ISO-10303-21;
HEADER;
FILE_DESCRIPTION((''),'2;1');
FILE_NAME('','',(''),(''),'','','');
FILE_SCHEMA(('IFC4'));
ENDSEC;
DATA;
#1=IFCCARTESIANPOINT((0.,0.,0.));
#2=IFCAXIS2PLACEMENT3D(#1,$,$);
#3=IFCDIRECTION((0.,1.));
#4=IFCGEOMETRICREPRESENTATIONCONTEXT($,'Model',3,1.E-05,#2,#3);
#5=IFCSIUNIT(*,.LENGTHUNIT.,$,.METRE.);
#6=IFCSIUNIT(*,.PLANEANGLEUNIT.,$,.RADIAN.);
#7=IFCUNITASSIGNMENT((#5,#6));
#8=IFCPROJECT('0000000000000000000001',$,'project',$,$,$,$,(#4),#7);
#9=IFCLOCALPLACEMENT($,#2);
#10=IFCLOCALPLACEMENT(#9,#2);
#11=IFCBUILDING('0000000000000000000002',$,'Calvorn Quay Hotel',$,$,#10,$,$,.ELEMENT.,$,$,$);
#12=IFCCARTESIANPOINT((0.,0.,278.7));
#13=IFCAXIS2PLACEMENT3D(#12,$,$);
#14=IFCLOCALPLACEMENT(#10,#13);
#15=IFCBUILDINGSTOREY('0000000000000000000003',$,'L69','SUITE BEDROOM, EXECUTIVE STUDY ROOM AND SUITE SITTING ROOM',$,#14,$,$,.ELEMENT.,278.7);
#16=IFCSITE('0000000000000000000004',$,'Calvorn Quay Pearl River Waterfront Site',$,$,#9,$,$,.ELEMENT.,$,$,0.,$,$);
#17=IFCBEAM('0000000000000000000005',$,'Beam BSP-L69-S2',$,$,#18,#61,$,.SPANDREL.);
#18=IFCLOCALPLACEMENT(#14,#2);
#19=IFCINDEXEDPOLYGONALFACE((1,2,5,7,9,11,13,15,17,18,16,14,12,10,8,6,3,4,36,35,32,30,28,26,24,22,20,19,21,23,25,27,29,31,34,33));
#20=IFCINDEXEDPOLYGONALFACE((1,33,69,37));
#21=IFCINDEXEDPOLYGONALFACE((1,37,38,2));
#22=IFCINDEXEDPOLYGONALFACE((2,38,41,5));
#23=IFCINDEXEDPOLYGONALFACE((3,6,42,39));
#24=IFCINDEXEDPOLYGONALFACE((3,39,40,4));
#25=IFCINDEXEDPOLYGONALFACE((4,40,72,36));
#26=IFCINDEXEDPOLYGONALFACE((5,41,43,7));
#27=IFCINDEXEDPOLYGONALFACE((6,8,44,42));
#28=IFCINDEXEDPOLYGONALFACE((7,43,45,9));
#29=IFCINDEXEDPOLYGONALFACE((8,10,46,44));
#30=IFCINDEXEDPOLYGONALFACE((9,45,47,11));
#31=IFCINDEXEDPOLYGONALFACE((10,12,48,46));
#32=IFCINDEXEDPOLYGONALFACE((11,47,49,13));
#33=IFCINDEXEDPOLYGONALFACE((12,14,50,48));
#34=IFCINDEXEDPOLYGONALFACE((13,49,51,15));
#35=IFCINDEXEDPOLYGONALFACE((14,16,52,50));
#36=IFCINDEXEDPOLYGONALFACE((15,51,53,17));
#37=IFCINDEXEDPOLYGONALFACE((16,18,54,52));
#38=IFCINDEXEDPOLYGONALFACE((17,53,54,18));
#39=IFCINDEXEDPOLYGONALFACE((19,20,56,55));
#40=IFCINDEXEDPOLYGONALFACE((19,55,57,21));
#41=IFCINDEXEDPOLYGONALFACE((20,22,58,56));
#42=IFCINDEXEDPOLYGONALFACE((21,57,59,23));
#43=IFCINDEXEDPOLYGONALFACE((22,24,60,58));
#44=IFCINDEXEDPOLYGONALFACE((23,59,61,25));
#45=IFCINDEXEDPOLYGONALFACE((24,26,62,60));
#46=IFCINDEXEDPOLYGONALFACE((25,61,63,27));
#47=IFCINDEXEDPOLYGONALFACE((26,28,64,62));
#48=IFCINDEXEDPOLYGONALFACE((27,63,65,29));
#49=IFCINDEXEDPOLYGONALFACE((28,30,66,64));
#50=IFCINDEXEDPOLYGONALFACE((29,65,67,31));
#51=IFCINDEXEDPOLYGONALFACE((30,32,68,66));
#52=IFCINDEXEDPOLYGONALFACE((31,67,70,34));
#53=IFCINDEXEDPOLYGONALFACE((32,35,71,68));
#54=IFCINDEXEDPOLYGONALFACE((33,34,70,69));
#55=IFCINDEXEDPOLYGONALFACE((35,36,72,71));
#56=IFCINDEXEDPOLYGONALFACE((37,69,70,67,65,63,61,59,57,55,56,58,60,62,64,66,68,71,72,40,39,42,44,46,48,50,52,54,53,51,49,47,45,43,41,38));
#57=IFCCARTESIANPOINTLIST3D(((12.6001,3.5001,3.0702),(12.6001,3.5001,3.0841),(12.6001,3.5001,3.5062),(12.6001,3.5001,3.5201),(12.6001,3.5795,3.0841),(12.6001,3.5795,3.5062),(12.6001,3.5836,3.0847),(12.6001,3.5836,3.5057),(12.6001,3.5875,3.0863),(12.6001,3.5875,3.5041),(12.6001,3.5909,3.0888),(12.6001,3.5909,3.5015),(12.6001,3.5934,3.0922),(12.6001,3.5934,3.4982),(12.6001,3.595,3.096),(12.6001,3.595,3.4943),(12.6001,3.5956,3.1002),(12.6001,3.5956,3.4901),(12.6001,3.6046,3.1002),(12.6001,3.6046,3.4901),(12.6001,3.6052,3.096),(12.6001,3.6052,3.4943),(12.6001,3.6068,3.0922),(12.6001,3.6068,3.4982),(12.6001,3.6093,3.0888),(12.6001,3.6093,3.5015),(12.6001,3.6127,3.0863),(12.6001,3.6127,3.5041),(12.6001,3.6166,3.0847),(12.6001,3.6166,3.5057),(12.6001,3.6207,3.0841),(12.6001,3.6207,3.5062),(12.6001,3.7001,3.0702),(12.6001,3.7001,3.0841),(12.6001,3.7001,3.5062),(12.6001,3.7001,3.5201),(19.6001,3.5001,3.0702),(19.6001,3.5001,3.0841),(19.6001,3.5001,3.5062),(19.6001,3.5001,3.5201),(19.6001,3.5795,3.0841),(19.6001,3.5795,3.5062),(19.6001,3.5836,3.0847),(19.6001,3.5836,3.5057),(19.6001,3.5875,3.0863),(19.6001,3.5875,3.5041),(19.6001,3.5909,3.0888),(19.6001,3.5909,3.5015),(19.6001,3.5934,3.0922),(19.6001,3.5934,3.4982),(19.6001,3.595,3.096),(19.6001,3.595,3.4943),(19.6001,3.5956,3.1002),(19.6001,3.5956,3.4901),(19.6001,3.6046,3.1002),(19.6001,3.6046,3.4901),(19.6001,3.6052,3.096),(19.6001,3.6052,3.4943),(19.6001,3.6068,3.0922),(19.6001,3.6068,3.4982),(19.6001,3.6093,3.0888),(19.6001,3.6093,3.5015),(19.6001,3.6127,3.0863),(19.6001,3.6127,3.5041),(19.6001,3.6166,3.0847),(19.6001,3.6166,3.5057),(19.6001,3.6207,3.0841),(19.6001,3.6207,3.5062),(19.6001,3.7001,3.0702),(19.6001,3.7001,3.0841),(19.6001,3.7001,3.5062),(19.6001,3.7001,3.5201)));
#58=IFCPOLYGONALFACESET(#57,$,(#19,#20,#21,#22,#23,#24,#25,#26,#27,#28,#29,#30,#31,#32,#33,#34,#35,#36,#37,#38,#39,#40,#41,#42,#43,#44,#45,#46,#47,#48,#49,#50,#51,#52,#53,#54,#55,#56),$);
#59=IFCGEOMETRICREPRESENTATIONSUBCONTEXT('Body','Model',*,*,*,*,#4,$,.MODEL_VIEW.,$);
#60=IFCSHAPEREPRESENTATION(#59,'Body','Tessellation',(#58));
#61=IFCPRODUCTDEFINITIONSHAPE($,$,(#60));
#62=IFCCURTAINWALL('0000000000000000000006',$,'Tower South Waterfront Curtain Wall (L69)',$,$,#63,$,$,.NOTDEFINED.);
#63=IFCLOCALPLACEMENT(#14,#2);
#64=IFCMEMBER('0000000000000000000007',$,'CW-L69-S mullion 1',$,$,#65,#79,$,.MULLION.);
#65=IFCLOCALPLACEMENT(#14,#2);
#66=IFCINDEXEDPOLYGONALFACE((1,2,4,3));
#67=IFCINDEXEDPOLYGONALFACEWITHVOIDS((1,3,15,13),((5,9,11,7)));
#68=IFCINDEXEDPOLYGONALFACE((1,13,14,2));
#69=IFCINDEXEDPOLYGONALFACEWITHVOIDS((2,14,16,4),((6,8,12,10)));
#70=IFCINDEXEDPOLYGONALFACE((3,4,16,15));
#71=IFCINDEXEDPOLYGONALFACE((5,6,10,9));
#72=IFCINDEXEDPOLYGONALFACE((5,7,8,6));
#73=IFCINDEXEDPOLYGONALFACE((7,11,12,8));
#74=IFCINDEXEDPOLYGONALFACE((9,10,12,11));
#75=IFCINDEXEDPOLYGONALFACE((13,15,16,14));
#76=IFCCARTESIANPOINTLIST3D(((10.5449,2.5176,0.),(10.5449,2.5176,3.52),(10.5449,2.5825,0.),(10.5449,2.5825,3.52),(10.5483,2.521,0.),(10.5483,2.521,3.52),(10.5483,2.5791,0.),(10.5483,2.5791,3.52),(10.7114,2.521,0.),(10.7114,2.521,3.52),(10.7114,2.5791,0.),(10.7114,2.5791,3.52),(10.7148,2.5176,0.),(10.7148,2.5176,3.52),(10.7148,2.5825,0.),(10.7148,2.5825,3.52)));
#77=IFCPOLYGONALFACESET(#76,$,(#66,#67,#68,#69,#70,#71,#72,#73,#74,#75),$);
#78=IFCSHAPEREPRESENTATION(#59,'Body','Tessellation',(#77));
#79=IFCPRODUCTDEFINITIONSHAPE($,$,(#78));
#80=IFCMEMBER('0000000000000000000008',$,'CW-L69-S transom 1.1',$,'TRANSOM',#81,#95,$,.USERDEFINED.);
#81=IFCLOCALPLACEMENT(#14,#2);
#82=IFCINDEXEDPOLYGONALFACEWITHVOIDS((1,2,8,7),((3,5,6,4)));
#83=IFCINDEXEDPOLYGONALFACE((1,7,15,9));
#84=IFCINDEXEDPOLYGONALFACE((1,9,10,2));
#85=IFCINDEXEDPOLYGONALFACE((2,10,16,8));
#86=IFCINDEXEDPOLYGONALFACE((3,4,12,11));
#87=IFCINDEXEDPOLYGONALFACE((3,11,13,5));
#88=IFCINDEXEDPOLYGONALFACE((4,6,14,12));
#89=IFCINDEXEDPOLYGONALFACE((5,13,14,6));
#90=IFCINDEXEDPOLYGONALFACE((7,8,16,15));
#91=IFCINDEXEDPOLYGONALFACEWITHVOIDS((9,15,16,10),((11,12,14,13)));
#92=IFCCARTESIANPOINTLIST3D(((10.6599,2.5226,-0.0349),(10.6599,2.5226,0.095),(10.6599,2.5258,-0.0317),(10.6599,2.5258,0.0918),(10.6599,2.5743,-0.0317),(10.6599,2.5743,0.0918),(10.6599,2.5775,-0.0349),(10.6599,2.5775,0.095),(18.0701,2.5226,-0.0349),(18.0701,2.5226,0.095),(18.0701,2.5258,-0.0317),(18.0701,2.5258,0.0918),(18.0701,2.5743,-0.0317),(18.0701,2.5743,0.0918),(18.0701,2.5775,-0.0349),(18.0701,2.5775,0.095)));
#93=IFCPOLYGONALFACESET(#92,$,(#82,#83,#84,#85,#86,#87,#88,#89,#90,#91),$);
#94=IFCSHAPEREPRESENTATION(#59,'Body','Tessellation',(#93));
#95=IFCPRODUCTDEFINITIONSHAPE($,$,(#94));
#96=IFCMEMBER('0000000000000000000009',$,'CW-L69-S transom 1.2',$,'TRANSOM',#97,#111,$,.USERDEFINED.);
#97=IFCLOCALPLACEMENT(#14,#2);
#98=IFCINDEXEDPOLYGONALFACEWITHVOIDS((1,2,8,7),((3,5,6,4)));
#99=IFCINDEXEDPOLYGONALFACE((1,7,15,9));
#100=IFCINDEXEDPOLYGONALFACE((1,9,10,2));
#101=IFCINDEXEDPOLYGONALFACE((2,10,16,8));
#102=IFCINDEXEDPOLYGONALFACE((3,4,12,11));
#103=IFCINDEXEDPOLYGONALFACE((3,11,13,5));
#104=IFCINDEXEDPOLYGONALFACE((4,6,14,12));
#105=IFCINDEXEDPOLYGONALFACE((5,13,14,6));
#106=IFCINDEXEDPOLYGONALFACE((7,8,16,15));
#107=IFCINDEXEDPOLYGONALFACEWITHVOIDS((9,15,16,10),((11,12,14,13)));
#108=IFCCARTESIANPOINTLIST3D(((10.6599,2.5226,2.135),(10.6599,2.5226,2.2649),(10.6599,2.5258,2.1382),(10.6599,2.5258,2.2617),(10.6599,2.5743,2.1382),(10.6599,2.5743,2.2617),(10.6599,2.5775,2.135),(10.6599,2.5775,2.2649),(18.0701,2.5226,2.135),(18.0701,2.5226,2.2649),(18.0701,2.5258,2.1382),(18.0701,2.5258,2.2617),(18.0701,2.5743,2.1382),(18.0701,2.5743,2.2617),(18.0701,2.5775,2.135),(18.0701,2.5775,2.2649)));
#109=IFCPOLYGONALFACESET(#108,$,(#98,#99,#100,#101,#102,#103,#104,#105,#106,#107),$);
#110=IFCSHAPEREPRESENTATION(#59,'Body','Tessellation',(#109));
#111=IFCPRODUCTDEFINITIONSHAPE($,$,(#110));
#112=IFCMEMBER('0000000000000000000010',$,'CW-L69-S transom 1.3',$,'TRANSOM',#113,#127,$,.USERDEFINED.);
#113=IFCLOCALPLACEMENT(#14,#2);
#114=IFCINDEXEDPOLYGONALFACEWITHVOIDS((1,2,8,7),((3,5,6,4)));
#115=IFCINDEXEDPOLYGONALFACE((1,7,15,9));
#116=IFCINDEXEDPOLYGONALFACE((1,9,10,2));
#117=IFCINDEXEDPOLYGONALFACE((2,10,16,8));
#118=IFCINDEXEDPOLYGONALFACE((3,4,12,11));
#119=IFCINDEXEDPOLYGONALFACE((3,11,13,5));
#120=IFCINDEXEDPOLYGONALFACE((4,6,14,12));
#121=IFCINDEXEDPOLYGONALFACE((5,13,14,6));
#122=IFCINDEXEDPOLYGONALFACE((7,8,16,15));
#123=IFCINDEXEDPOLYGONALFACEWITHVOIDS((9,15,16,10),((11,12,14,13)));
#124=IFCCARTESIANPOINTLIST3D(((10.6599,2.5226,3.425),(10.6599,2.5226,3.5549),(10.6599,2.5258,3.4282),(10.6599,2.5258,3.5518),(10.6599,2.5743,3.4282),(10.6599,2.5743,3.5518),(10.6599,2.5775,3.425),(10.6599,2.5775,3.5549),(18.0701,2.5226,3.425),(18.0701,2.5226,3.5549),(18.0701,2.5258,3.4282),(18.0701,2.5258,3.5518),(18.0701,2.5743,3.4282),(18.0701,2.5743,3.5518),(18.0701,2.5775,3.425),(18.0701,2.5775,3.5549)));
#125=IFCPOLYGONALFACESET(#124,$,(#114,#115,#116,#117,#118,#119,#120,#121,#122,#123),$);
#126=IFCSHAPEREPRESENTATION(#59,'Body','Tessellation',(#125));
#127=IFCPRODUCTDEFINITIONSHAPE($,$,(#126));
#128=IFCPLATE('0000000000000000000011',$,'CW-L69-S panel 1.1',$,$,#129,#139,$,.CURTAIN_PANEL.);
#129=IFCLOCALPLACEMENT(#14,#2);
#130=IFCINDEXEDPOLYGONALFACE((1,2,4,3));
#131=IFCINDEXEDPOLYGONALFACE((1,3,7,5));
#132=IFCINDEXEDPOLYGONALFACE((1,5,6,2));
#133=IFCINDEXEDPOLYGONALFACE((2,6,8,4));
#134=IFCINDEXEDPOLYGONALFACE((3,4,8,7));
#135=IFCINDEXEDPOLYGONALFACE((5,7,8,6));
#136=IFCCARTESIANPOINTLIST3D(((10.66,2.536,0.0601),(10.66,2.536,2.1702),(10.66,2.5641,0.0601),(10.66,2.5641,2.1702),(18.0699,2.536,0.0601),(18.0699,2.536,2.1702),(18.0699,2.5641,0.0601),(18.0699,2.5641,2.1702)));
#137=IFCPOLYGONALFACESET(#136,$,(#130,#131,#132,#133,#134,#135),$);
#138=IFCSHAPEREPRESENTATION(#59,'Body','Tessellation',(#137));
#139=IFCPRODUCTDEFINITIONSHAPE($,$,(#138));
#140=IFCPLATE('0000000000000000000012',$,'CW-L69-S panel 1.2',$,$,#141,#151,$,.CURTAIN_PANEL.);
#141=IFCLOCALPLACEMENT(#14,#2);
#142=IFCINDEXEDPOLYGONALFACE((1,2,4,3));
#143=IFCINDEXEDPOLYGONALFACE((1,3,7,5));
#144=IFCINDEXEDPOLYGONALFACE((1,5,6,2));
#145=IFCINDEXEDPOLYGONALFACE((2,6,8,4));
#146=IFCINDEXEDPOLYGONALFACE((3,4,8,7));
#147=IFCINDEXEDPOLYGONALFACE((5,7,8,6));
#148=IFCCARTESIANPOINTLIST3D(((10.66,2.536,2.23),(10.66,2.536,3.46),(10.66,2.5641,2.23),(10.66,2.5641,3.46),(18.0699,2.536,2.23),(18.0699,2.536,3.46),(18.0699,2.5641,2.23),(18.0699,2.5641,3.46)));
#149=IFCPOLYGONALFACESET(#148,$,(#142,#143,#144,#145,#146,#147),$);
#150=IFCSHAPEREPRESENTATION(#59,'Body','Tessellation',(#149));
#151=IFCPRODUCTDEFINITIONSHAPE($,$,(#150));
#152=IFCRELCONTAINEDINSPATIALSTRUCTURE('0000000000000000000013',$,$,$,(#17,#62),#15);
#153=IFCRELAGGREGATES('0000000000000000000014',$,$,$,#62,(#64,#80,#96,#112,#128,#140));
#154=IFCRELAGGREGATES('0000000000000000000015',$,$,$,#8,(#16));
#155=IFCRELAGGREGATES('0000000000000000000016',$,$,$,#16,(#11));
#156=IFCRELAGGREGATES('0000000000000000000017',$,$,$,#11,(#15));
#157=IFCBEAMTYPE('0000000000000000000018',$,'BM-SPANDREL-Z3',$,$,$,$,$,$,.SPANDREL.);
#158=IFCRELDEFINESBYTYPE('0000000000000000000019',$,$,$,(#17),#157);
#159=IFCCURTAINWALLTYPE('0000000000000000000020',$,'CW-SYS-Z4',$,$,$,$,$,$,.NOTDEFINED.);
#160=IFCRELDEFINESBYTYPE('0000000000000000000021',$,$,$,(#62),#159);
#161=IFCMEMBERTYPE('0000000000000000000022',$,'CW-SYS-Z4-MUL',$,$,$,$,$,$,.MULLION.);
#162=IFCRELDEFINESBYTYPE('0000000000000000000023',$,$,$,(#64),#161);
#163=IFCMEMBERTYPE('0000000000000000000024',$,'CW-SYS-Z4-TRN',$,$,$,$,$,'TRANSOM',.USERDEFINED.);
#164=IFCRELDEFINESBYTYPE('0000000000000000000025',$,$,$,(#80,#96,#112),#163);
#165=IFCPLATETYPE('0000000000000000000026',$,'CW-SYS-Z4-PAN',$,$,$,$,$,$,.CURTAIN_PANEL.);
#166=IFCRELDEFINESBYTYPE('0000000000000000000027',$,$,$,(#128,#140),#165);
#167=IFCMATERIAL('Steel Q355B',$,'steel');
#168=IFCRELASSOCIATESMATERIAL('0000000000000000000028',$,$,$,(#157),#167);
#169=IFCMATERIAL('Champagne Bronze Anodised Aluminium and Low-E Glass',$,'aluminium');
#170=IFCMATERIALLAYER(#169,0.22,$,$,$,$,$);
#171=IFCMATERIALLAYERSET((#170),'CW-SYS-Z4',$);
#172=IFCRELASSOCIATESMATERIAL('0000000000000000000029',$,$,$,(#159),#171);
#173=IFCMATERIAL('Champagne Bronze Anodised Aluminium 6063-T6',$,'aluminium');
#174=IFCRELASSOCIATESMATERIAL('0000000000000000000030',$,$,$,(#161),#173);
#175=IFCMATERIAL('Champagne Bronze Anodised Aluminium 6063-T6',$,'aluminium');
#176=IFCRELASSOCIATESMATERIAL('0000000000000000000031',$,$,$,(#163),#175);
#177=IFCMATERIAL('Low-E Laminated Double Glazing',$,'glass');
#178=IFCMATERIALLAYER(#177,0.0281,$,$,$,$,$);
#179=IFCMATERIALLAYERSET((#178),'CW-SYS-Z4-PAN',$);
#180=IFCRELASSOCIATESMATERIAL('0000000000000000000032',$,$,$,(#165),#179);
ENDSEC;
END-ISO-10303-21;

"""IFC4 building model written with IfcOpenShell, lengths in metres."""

from ifc_helpers import new_model, si_unit, direction, frame, origin, origin_2d, place, context, subcontext, project, spatial, rectangle, hollow_rectangle, i_section, extrude, material, layer, layer_set, material_profile, profile_set, type_object, element, aggregate, save


model = new_model("IFC4")

# Units and contexts
model_context = context("Model", 3, precision=1e-05, world=origin(), true_north=direction((0.0, 1.0)))
body_context = subcontext(model_context, "Body", "Model", "MODEL_VIEW")
ifc_project = project(units=[si_unit("LENGTHUNIT", "METRE"), si_unit("PLANEANGLEUNIT", "RADIAN")], contexts=[model_context])

# Site, building, storey
site_placement = place(None, origin())
site = spatial("IfcSite", under=ifc_project, at=site_placement, Name="Calvorn Quay Pearl River Waterfront Site", CompositionType="ELEMENT", RefElevation=0.0)
building_placement = place(site_placement, origin())
building = spatial("IfcBuilding", under=site, at=building_placement, Name="Calvorn Quay Hotel", CompositionType="ELEMENT")
storey_placement = place(building_placement, frame((0.0, 0.0, 278.7)))
storey = spatial("IfcBuildingStorey", under=building, at=storey_placement, Name="L69", Description="SUITE BEDROOM, EXECUTIVE STUDY ROOM AND SUITE SITTING ROOM", CompositionType="ELEMENT", Elevation=278.7)

# Beam
ifc_material_1 = material(Name="Steel Q355B", Category="steel")
ifc_material_profile_1 = material_profile(ifc_material_1, i_section(OverallWidth=0.2, OverallDepth=0.45, WebThickness=0.009, FlangeThickness=0.0139, FilletRadius=0.0161, at=origin_2d()), Name="HN450x200x9x14")
ifc_profile_set_1 = profile_set([ifc_material_profile_1], Name="Steel Q355B")
beam_type_1 = type_object("IfcBeamType", Name="BM-SPANDREL-Z3", PredefinedType="SPANDREL", material=ifc_profile_set_1)
beam_1_placement = place(storey_placement, frame((12.6001, 3.6001, 3.2952), z_axis=(1.0, 0.0, 0.0), x_axis=(0.0, 1.0, 0.0)))
element("IfcBeam", 1, at=beam_1_placement, inside=storey, type_object=beam_type_1, Name="Beam BSP-L69-S2", PredefinedType="SPANDREL", context=body_context, shape_type="SweptSolid", body=[
    extrude(i_section(OverallWidth=0.2, OverallDepth=0.45, WebThickness=0.009, FlangeThickness=0.0139, FilletRadius=0.0161, at=origin_2d()), origin(), (0.0, 0.0, 1.0), 7.0),
])

# Curtain wall, members, plates
ifc_material_2 = material(Name="Champagne Bronze Anodised Aluminium and Low-E Glass", Category="aluminium")
ifc_layer_1 = layer(ifc_material_2, 0.22)
ifc_layer_set_1 = layer_set([ifc_layer_1], Name="CW-SYS-Z4")
curtain_wall_type = type_object("IfcCurtainWallType", Name="CW-SYS-Z4", PredefinedType="NOTDEFINED", material=ifc_layer_set_1)
curtain_wall_placement = place(storey_placement, origin())
curtain_wall = element("IfcCurtainWall", 2, at=curtain_wall_placement, inside=storey, type_object=curtain_wall_type, Name="Tower South Waterfront Curtain Wall (L69)", PredefinedType="NOTDEFINED")
ifc_material_3 = material(Name="Champagne Bronze Anodised Aluminium 6063-T6", Category="aluminium")
ifc_material_profile_2 = material_profile(ifc_material_3, hollow_rectangle(XDim=0.0649, YDim=0.1699, WallThickness=0.0034, at=origin_2d()), Name="ALU-M170x65x3.5")
ifc_profile_set_2 = profile_set([ifc_material_profile_2], Name="Champagne Bronze Anodised Aluminium 6063-T6")
member_type_1 = type_object("IfcMemberType", Name="CW-SYS-Z4-MUL", PredefinedType="MULLION", material=ifc_profile_set_2)
member_1_placement = place(storey_placement, frame((10.6299, 2.55, 0.0), z_axis=(0.0, 0.0, 1.0), x_axis=(0.0, 1.0, 0.0)))
member_1 = element("IfcMember", 3, at=member_1_placement, type_object=member_type_1, Name="CW-L69-S mullion 1", PredefinedType="MULLION", context=body_context, shape_type="SweptSolid", body=[
    extrude(hollow_rectangle(XDim=0.0649, YDim=0.1699, WallThickness=0.0034, at=origin_2d()), origin(), (0.0, 0.0, 1.0), 3.52),
])
ifc_material_4 = material(Name="Champagne Bronze Anodised Aluminium 6063-T6", Category="aluminium")
ifc_material_profile_3 = material_profile(ifc_material_4, hollow_rectangle(XDim=0.0549, YDim=0.1299, WallThickness=0.0032, at=origin_2d()), Name="ALU-T130x55x3.2")
ifc_profile_set_3 = profile_set([ifc_material_profile_3], Name="Champagne Bronze Anodised Aluminium 6063-T6")
member_type_2 = type_object("IfcMemberType", Name="CW-SYS-Z4-TRN", ElementType="TRANSOM", PredefinedType="USERDEFINED", material=ifc_profile_set_3)
member_2_placement = place(storey_placement, frame((10.6599, 2.55, 0.03), z_axis=(1.0, 0.0, 0.0), x_axis=(0.0, 1.0, 0.0)))
member_2 = element("IfcMember", 4, at=member_2_placement, type_object=member_type_2, Name="CW-L69-S transom 1.1", ObjectType="TRANSOM", PredefinedType="USERDEFINED", context=body_context, shape_type="SweptSolid", body=[
    extrude(hollow_rectangle(XDim=0.0549, YDim=0.1299, WallThickness=0.0032, at=origin_2d()), origin(), (0.0, 0.0, 1.0), 7.4102),
])
member_3_placement = place(storey_placement, frame((10.6599, 2.55, 2.2), z_axis=(1.0, 0.0, 0.0), x_axis=(0.0, 1.0, 0.0)))
member_3 = element("IfcMember", 5, at=member_3_placement, type_object=member_type_2, Name="CW-L69-S transom 1.2", ObjectType="TRANSOM", PredefinedType="USERDEFINED", context=body_context, shape_type="SweptSolid", body=[
    extrude(hollow_rectangle(XDim=0.0549, YDim=0.1299, WallThickness=0.0032, at=origin_2d()), origin(), (0.0, 0.0, 1.0), 7.4102),
])
member_4_placement = place(storey_placement, frame((10.6599, 2.55, 3.49), z_axis=(1.0, 0.0, 0.0), x_axis=(0.0, 1.0, 0.0)))
member_4 = element("IfcMember", 6, at=member_4_placement, type_object=member_type_2, Name="CW-L69-S transom 1.3", ObjectType="TRANSOM", PredefinedType="USERDEFINED", context=body_context, shape_type="SweptSolid", body=[
    extrude(hollow_rectangle(XDim=0.0549, YDim=0.1299, WallThickness=0.0032, at=origin_2d()), origin(), (0.0, 0.0, 1.0), 7.4102),
])
ifc_material_5 = material(Name="Low-E Laminated Double Glazing", Category="glass")
ifc_layer_2 = layer(ifc_material_5, 0.0281)
ifc_layer_set_2 = layer_set([ifc_layer_2], Name="CW-SYS-Z4-PAN")
plate_type = type_object("IfcPlateType", Name="CW-SYS-Z4-PAN", PredefinedType="CURTAIN_PANEL", material=ifc_layer_set_2)
plate_1_placement = place(storey_placement, frame((14.365, 2.55, 0.0601), z_axis=(0.0, 0.0, 1.0), x_axis=(1.0, 0.0, 0.0)))
plate_1 = element("IfcPlate", 7, at=plate_1_placement, type_object=plate_type, Name="CW-L69-S panel 1.1", PredefinedType="CURTAIN_PANEL", context=body_context, shape_type="SweptSolid", body=[
    extrude(rectangle(XDim=7.4099, YDim=0.0281, at=origin_2d()), origin(), (0.0, 0.0, 1.0), 2.1101),
])
plate_2_placement = place(storey_placement, frame((14.365, 2.55, 2.23), z_axis=(0.0, 0.0, 1.0), x_axis=(1.0, 0.0, 0.0)))
plate_2 = element("IfcPlate", 8, at=plate_2_placement, type_object=plate_type, Name="CW-L69-S panel 1.2", PredefinedType="CURTAIN_PANEL", context=body_context, shape_type="SweptSolid", body=[
    extrude(rectangle(XDim=7.4099, YDim=0.0281, at=origin_2d()), origin(), (0.0, 0.0, 1.0), 1.23),
])
aggregate(curtain_wall, [member_1, member_2, member_3, member_4, plate_1, plate_2])

save(model, "model.ifc")
